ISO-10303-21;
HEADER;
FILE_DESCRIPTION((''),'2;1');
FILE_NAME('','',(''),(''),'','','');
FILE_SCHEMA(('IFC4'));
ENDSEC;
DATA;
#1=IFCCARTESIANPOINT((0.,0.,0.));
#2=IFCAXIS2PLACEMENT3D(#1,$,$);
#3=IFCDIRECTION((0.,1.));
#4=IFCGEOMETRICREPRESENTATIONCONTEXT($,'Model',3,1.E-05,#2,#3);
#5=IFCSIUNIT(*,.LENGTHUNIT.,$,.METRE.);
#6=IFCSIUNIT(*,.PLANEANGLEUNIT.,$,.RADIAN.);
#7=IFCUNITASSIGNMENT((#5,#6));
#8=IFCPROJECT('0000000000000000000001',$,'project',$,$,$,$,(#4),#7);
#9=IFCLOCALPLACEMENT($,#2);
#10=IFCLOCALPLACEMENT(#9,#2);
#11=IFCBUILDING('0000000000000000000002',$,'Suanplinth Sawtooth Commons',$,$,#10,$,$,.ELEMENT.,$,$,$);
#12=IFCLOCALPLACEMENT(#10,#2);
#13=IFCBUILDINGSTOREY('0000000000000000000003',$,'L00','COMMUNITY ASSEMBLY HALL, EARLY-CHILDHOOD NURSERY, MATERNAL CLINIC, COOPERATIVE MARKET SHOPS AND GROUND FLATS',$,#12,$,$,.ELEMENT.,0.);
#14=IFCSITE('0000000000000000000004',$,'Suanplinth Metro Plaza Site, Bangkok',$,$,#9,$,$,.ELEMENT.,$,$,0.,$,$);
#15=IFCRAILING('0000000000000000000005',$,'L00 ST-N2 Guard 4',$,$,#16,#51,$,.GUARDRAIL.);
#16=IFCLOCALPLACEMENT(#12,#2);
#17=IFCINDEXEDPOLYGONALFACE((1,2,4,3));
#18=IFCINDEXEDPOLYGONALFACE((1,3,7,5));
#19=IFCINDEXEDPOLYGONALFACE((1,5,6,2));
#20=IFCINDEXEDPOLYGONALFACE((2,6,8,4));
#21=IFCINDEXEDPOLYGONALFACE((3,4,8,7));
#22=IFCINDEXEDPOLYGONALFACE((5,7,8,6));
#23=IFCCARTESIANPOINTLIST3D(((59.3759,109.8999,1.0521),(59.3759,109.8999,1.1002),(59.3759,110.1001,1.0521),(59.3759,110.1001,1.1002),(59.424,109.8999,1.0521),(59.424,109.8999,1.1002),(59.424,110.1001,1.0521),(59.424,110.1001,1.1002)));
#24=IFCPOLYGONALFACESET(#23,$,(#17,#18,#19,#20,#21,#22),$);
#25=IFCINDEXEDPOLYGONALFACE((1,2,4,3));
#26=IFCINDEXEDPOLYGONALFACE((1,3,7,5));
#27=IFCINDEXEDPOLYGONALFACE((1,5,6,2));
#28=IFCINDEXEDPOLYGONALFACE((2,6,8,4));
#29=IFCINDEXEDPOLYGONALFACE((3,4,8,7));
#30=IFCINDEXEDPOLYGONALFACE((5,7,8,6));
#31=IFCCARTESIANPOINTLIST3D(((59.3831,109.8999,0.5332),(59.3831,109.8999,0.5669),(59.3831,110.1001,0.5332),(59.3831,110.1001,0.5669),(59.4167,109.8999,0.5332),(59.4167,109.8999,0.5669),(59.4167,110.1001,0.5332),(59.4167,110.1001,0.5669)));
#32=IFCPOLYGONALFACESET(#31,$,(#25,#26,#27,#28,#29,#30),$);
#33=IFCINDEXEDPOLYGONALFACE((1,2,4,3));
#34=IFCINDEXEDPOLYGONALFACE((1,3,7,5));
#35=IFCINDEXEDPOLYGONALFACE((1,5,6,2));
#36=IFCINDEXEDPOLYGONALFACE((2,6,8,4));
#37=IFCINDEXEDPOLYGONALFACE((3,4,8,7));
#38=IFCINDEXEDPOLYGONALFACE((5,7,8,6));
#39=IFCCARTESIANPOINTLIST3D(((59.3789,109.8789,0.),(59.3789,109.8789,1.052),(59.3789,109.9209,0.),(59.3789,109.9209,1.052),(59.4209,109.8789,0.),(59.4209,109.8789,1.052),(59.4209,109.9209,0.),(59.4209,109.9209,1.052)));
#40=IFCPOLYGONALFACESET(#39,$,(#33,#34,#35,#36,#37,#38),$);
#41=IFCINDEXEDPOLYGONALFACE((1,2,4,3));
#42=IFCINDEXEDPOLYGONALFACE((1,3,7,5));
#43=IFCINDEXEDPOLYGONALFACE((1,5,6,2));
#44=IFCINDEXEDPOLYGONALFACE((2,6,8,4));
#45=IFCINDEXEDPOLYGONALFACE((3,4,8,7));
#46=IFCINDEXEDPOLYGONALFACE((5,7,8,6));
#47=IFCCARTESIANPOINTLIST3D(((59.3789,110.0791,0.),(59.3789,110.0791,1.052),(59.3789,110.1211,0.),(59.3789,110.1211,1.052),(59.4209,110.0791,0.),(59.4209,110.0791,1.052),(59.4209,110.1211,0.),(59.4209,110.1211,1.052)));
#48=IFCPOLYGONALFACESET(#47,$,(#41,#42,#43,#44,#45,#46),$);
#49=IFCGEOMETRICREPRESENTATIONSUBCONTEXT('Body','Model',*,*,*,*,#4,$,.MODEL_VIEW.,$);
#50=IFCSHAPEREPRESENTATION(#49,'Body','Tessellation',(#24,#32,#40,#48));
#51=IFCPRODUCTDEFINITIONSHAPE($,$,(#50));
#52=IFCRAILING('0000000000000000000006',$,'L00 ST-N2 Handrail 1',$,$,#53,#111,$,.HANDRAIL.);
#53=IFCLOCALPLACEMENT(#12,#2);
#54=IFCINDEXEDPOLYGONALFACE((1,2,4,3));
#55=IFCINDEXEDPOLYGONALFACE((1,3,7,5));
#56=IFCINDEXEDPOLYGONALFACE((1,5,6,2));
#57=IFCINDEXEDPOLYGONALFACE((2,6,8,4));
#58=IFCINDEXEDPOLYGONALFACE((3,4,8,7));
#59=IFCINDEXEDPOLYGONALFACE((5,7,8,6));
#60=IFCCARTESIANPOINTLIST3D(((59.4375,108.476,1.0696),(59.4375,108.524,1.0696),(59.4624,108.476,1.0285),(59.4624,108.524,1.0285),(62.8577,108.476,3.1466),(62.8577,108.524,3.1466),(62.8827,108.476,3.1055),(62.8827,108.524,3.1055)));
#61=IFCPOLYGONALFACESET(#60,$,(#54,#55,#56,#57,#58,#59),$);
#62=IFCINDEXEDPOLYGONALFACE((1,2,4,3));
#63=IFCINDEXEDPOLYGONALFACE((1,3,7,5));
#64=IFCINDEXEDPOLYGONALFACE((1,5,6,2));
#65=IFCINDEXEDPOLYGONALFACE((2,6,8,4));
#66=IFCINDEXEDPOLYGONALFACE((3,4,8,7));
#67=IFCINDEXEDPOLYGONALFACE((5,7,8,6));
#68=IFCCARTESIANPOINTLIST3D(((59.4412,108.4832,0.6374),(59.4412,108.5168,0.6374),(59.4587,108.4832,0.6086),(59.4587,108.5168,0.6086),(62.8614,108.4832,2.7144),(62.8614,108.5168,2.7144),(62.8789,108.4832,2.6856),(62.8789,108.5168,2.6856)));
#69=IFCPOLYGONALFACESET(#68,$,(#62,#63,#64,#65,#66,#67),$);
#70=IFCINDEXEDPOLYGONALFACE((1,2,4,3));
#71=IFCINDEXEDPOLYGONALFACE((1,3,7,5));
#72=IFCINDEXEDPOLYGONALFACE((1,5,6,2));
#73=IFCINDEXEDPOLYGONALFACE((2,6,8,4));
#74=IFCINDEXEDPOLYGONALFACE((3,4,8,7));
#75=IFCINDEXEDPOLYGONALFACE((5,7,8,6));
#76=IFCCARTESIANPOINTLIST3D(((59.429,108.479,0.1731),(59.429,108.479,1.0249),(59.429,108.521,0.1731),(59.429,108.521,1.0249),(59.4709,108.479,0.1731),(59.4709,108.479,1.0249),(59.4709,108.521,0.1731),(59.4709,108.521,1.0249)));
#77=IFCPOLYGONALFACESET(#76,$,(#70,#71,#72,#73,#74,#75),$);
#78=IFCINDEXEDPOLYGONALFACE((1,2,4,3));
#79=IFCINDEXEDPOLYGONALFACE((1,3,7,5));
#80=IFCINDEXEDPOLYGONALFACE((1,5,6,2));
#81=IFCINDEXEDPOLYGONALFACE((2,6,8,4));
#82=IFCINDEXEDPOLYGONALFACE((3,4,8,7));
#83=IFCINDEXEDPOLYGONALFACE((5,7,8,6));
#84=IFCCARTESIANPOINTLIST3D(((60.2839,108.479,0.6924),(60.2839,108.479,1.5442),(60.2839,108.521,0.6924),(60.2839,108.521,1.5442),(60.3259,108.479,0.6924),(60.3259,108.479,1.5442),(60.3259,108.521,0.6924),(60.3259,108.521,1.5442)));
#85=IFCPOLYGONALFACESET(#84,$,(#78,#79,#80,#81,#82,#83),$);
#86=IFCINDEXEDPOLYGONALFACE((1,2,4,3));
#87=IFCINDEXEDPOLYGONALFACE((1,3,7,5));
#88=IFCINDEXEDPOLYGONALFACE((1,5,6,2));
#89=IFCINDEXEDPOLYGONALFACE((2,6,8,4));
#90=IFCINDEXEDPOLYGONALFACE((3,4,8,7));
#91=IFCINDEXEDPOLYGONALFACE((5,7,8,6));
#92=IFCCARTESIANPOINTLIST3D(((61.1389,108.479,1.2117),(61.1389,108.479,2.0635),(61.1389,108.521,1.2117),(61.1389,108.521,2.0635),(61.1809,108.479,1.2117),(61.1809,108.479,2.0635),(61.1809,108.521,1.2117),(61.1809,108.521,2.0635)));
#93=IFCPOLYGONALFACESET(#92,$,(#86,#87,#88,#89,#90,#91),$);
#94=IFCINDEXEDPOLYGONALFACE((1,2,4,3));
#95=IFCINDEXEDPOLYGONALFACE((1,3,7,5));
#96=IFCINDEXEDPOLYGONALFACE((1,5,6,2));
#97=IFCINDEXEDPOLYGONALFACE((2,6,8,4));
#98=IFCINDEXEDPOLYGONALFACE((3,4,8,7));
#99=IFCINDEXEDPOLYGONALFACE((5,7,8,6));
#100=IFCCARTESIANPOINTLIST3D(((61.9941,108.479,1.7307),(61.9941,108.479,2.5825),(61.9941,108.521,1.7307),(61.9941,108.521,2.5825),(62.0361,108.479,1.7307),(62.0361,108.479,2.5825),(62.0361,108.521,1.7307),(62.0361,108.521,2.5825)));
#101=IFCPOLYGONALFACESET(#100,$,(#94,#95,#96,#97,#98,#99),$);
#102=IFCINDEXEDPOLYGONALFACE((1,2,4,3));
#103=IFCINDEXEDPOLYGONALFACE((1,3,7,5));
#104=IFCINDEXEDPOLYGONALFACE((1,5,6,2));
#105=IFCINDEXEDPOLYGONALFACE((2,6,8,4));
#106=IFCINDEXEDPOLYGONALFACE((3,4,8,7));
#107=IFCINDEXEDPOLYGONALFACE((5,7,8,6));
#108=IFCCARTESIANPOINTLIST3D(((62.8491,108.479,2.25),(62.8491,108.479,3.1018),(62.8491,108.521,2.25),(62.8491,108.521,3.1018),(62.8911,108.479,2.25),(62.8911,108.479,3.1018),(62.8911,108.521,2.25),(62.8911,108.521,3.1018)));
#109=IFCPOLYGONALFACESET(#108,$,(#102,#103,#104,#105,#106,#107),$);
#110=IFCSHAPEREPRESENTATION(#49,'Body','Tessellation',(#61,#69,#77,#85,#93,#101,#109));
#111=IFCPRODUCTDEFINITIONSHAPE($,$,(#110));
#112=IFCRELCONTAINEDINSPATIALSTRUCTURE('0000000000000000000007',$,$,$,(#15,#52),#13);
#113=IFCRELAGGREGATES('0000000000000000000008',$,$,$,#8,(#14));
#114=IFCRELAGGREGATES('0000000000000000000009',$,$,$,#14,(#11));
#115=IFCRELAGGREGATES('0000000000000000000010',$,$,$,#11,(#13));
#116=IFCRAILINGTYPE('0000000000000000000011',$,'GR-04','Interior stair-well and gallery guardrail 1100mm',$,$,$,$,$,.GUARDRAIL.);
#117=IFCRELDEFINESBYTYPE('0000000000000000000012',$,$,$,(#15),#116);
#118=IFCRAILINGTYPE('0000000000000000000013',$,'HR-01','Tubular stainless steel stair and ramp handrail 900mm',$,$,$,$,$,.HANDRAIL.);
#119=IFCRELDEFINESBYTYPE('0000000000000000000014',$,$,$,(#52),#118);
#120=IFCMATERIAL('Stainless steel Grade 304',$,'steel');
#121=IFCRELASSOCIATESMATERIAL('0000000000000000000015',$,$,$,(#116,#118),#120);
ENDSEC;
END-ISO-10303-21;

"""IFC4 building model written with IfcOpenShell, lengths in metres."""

from ifc_helpers import new_model, si_unit, direction, frame, origin, origin_2d, place, context, subcontext, project, spatial, rectangle, extrude, material, type_object, element, save


model = new_model("IFC4")

# Units and contexts
model_context = context("Model", 3, precision=1e-05, world=origin(), true_north=direction((0.0, 1.0)))
body_context = subcontext(model_context, "Body", "Model", "MODEL_VIEW")
ifc_project = project(units=[si_unit("LENGTHUNIT", "METRE"), si_unit("PLANEANGLEUNIT", "RADIAN")], contexts=[model_context])

# Site, building, storey
site_placement = place(None, origin())
site = spatial("IfcSite", under=ifc_project, at=site_placement, Name="Suanplinth Metro Plaza Site, Bangkok", CompositionType="ELEMENT", RefElevation=0.0)
building_placement = place(site_placement, origin())
building = spatial("IfcBuilding", under=site, at=building_placement, Name="Suanplinth Sawtooth Commons", CompositionType="ELEMENT")
storey_placement = place(building_placement, origin())
storey = spatial("IfcBuildingStorey", under=building, at=storey_placement, Name="L00", Description="COMMUNITY ASSEMBLY HALL, EARLY-CHILDHOOD NURSERY, MATERNAL CLINIC, COOPERATIVE MARKET SHOPS AND GROUND FLATS", CompositionType="ELEMENT", Elevation=0.0)

# Shared definitions
ifc_material_1 = material(Name="Stainless steel Grade 304", Category="steel")

# Railings
railing_type_1 = type_object("IfcRailingType", Name="GR-04", Description="Interior stair-well and gallery guardrail 1100mm", PredefinedType="GUARDRAIL", material=ifc_material_1)
railing_1_placement = place(storey_placement, frame((59.3999, 109.8999, 0.0)))
element("IfcRailing", 1, at=railing_1_placement, inside=storey, type_object=railing_type_1, Name="L00 ST-N2 Guard 4", PredefinedType="GUARDRAIL", context=body_context, shape_type="SweptSolid", body=[
    extrude(rectangle(XDim=0.0481, YDim=0.0481, at=origin_2d()), frame((0.0, 0.0, 1.0762), z_axis=(0.0, 1.0, 0.0), x_axis=(-1.0, 0.0, 0.0)), (0.0, 0.0, 1.0), 0.2002),
    extrude(rectangle(XDim=0.0337, YDim=0.0337, at=origin_2d()), frame((0.0, 0.0, 0.55), z_axis=(0.0, 1.0, 0.0), x_axis=(-1.0, 0.0, 0.0)), (0.0, 0.0, 1.0), 0.2002),
    extrude(rectangle(XDim=0.042, YDim=0.042, at=origin_2d()), origin(), (0.0, 0.0, 1.0), 1.052),
    extrude(rectangle(XDim=0.042, YDim=0.042, at=origin_2d()), frame((0.0, 0.2002, 0.0)), (0.0, 0.0, 1.0), 1.052),
])
railing_type_2 = type_object("IfcRailingType", Name="HR-01", Description="Tubular stainless steel stair and ramp handrail 900mm", PredefinedType="HANDRAIL", material=ifc_material_1)
railing_2_placement = place(storey_placement, frame((59.45, 108.5, 0.1731)))
element("IfcRailing", 2, at=railing_2_placement, inside=storey, type_object=railing_type_2, Name="L00 ST-N2 Handrail 1", PredefinedType="HANDRAIL", context=body_context, shape_type="SweptSolid", body=[
    extrude(rectangle(XDim=0.0481, YDim=0.0481, at=origin_2d()), frame((0.0, 0.0, 0.876), z_axis=(0.854746, 0.0, 0.519047), x_axis=(0.0, 1.0, 0.0)), (0.0, 0.0, 1.0), 4.0015),
    extrude(rectangle(XDim=0.0337, YDim=0.0337, at=origin_2d()), frame((0.0, 0.0, 0.45), z_axis=(0.854746, 0.0, 0.519047), x_axis=(0.0, 1.0, 0.0)), (0.0, 0.0, 1.0), 4.0015),
    extrude(rectangle(XDim=0.042, YDim=0.042, at=origin_2d()), origin(), (0.0, 0.0, 1.0), 0.8518),
    extrude(rectangle(XDim=0.042, YDim=0.042, at=origin_2d()), frame((0.855, 0.0, 0.5193)), (0.0, 0.0, 1.0), 0.8518),
    extrude(rectangle(XDim=0.042, YDim=0.042, at=origin_2d()), frame((1.71, 0.0, 1.0386)), (0.0, 0.0, 1.0), 0.8518),
    extrude(rectangle(XDim=0.042, YDim=0.042, at=origin_2d()), frame((2.5652, 0.0, 1.5576)), (0.0, 0.0, 1.0), 0.8518),
    extrude(rectangle(XDim=0.042, YDim=0.042, at=origin_2d()), frame((3.4202, 0.0, 2.0769)), (0.0, 0.0, 1.0), 0.8518),
])

save(model, "model.ifc")
